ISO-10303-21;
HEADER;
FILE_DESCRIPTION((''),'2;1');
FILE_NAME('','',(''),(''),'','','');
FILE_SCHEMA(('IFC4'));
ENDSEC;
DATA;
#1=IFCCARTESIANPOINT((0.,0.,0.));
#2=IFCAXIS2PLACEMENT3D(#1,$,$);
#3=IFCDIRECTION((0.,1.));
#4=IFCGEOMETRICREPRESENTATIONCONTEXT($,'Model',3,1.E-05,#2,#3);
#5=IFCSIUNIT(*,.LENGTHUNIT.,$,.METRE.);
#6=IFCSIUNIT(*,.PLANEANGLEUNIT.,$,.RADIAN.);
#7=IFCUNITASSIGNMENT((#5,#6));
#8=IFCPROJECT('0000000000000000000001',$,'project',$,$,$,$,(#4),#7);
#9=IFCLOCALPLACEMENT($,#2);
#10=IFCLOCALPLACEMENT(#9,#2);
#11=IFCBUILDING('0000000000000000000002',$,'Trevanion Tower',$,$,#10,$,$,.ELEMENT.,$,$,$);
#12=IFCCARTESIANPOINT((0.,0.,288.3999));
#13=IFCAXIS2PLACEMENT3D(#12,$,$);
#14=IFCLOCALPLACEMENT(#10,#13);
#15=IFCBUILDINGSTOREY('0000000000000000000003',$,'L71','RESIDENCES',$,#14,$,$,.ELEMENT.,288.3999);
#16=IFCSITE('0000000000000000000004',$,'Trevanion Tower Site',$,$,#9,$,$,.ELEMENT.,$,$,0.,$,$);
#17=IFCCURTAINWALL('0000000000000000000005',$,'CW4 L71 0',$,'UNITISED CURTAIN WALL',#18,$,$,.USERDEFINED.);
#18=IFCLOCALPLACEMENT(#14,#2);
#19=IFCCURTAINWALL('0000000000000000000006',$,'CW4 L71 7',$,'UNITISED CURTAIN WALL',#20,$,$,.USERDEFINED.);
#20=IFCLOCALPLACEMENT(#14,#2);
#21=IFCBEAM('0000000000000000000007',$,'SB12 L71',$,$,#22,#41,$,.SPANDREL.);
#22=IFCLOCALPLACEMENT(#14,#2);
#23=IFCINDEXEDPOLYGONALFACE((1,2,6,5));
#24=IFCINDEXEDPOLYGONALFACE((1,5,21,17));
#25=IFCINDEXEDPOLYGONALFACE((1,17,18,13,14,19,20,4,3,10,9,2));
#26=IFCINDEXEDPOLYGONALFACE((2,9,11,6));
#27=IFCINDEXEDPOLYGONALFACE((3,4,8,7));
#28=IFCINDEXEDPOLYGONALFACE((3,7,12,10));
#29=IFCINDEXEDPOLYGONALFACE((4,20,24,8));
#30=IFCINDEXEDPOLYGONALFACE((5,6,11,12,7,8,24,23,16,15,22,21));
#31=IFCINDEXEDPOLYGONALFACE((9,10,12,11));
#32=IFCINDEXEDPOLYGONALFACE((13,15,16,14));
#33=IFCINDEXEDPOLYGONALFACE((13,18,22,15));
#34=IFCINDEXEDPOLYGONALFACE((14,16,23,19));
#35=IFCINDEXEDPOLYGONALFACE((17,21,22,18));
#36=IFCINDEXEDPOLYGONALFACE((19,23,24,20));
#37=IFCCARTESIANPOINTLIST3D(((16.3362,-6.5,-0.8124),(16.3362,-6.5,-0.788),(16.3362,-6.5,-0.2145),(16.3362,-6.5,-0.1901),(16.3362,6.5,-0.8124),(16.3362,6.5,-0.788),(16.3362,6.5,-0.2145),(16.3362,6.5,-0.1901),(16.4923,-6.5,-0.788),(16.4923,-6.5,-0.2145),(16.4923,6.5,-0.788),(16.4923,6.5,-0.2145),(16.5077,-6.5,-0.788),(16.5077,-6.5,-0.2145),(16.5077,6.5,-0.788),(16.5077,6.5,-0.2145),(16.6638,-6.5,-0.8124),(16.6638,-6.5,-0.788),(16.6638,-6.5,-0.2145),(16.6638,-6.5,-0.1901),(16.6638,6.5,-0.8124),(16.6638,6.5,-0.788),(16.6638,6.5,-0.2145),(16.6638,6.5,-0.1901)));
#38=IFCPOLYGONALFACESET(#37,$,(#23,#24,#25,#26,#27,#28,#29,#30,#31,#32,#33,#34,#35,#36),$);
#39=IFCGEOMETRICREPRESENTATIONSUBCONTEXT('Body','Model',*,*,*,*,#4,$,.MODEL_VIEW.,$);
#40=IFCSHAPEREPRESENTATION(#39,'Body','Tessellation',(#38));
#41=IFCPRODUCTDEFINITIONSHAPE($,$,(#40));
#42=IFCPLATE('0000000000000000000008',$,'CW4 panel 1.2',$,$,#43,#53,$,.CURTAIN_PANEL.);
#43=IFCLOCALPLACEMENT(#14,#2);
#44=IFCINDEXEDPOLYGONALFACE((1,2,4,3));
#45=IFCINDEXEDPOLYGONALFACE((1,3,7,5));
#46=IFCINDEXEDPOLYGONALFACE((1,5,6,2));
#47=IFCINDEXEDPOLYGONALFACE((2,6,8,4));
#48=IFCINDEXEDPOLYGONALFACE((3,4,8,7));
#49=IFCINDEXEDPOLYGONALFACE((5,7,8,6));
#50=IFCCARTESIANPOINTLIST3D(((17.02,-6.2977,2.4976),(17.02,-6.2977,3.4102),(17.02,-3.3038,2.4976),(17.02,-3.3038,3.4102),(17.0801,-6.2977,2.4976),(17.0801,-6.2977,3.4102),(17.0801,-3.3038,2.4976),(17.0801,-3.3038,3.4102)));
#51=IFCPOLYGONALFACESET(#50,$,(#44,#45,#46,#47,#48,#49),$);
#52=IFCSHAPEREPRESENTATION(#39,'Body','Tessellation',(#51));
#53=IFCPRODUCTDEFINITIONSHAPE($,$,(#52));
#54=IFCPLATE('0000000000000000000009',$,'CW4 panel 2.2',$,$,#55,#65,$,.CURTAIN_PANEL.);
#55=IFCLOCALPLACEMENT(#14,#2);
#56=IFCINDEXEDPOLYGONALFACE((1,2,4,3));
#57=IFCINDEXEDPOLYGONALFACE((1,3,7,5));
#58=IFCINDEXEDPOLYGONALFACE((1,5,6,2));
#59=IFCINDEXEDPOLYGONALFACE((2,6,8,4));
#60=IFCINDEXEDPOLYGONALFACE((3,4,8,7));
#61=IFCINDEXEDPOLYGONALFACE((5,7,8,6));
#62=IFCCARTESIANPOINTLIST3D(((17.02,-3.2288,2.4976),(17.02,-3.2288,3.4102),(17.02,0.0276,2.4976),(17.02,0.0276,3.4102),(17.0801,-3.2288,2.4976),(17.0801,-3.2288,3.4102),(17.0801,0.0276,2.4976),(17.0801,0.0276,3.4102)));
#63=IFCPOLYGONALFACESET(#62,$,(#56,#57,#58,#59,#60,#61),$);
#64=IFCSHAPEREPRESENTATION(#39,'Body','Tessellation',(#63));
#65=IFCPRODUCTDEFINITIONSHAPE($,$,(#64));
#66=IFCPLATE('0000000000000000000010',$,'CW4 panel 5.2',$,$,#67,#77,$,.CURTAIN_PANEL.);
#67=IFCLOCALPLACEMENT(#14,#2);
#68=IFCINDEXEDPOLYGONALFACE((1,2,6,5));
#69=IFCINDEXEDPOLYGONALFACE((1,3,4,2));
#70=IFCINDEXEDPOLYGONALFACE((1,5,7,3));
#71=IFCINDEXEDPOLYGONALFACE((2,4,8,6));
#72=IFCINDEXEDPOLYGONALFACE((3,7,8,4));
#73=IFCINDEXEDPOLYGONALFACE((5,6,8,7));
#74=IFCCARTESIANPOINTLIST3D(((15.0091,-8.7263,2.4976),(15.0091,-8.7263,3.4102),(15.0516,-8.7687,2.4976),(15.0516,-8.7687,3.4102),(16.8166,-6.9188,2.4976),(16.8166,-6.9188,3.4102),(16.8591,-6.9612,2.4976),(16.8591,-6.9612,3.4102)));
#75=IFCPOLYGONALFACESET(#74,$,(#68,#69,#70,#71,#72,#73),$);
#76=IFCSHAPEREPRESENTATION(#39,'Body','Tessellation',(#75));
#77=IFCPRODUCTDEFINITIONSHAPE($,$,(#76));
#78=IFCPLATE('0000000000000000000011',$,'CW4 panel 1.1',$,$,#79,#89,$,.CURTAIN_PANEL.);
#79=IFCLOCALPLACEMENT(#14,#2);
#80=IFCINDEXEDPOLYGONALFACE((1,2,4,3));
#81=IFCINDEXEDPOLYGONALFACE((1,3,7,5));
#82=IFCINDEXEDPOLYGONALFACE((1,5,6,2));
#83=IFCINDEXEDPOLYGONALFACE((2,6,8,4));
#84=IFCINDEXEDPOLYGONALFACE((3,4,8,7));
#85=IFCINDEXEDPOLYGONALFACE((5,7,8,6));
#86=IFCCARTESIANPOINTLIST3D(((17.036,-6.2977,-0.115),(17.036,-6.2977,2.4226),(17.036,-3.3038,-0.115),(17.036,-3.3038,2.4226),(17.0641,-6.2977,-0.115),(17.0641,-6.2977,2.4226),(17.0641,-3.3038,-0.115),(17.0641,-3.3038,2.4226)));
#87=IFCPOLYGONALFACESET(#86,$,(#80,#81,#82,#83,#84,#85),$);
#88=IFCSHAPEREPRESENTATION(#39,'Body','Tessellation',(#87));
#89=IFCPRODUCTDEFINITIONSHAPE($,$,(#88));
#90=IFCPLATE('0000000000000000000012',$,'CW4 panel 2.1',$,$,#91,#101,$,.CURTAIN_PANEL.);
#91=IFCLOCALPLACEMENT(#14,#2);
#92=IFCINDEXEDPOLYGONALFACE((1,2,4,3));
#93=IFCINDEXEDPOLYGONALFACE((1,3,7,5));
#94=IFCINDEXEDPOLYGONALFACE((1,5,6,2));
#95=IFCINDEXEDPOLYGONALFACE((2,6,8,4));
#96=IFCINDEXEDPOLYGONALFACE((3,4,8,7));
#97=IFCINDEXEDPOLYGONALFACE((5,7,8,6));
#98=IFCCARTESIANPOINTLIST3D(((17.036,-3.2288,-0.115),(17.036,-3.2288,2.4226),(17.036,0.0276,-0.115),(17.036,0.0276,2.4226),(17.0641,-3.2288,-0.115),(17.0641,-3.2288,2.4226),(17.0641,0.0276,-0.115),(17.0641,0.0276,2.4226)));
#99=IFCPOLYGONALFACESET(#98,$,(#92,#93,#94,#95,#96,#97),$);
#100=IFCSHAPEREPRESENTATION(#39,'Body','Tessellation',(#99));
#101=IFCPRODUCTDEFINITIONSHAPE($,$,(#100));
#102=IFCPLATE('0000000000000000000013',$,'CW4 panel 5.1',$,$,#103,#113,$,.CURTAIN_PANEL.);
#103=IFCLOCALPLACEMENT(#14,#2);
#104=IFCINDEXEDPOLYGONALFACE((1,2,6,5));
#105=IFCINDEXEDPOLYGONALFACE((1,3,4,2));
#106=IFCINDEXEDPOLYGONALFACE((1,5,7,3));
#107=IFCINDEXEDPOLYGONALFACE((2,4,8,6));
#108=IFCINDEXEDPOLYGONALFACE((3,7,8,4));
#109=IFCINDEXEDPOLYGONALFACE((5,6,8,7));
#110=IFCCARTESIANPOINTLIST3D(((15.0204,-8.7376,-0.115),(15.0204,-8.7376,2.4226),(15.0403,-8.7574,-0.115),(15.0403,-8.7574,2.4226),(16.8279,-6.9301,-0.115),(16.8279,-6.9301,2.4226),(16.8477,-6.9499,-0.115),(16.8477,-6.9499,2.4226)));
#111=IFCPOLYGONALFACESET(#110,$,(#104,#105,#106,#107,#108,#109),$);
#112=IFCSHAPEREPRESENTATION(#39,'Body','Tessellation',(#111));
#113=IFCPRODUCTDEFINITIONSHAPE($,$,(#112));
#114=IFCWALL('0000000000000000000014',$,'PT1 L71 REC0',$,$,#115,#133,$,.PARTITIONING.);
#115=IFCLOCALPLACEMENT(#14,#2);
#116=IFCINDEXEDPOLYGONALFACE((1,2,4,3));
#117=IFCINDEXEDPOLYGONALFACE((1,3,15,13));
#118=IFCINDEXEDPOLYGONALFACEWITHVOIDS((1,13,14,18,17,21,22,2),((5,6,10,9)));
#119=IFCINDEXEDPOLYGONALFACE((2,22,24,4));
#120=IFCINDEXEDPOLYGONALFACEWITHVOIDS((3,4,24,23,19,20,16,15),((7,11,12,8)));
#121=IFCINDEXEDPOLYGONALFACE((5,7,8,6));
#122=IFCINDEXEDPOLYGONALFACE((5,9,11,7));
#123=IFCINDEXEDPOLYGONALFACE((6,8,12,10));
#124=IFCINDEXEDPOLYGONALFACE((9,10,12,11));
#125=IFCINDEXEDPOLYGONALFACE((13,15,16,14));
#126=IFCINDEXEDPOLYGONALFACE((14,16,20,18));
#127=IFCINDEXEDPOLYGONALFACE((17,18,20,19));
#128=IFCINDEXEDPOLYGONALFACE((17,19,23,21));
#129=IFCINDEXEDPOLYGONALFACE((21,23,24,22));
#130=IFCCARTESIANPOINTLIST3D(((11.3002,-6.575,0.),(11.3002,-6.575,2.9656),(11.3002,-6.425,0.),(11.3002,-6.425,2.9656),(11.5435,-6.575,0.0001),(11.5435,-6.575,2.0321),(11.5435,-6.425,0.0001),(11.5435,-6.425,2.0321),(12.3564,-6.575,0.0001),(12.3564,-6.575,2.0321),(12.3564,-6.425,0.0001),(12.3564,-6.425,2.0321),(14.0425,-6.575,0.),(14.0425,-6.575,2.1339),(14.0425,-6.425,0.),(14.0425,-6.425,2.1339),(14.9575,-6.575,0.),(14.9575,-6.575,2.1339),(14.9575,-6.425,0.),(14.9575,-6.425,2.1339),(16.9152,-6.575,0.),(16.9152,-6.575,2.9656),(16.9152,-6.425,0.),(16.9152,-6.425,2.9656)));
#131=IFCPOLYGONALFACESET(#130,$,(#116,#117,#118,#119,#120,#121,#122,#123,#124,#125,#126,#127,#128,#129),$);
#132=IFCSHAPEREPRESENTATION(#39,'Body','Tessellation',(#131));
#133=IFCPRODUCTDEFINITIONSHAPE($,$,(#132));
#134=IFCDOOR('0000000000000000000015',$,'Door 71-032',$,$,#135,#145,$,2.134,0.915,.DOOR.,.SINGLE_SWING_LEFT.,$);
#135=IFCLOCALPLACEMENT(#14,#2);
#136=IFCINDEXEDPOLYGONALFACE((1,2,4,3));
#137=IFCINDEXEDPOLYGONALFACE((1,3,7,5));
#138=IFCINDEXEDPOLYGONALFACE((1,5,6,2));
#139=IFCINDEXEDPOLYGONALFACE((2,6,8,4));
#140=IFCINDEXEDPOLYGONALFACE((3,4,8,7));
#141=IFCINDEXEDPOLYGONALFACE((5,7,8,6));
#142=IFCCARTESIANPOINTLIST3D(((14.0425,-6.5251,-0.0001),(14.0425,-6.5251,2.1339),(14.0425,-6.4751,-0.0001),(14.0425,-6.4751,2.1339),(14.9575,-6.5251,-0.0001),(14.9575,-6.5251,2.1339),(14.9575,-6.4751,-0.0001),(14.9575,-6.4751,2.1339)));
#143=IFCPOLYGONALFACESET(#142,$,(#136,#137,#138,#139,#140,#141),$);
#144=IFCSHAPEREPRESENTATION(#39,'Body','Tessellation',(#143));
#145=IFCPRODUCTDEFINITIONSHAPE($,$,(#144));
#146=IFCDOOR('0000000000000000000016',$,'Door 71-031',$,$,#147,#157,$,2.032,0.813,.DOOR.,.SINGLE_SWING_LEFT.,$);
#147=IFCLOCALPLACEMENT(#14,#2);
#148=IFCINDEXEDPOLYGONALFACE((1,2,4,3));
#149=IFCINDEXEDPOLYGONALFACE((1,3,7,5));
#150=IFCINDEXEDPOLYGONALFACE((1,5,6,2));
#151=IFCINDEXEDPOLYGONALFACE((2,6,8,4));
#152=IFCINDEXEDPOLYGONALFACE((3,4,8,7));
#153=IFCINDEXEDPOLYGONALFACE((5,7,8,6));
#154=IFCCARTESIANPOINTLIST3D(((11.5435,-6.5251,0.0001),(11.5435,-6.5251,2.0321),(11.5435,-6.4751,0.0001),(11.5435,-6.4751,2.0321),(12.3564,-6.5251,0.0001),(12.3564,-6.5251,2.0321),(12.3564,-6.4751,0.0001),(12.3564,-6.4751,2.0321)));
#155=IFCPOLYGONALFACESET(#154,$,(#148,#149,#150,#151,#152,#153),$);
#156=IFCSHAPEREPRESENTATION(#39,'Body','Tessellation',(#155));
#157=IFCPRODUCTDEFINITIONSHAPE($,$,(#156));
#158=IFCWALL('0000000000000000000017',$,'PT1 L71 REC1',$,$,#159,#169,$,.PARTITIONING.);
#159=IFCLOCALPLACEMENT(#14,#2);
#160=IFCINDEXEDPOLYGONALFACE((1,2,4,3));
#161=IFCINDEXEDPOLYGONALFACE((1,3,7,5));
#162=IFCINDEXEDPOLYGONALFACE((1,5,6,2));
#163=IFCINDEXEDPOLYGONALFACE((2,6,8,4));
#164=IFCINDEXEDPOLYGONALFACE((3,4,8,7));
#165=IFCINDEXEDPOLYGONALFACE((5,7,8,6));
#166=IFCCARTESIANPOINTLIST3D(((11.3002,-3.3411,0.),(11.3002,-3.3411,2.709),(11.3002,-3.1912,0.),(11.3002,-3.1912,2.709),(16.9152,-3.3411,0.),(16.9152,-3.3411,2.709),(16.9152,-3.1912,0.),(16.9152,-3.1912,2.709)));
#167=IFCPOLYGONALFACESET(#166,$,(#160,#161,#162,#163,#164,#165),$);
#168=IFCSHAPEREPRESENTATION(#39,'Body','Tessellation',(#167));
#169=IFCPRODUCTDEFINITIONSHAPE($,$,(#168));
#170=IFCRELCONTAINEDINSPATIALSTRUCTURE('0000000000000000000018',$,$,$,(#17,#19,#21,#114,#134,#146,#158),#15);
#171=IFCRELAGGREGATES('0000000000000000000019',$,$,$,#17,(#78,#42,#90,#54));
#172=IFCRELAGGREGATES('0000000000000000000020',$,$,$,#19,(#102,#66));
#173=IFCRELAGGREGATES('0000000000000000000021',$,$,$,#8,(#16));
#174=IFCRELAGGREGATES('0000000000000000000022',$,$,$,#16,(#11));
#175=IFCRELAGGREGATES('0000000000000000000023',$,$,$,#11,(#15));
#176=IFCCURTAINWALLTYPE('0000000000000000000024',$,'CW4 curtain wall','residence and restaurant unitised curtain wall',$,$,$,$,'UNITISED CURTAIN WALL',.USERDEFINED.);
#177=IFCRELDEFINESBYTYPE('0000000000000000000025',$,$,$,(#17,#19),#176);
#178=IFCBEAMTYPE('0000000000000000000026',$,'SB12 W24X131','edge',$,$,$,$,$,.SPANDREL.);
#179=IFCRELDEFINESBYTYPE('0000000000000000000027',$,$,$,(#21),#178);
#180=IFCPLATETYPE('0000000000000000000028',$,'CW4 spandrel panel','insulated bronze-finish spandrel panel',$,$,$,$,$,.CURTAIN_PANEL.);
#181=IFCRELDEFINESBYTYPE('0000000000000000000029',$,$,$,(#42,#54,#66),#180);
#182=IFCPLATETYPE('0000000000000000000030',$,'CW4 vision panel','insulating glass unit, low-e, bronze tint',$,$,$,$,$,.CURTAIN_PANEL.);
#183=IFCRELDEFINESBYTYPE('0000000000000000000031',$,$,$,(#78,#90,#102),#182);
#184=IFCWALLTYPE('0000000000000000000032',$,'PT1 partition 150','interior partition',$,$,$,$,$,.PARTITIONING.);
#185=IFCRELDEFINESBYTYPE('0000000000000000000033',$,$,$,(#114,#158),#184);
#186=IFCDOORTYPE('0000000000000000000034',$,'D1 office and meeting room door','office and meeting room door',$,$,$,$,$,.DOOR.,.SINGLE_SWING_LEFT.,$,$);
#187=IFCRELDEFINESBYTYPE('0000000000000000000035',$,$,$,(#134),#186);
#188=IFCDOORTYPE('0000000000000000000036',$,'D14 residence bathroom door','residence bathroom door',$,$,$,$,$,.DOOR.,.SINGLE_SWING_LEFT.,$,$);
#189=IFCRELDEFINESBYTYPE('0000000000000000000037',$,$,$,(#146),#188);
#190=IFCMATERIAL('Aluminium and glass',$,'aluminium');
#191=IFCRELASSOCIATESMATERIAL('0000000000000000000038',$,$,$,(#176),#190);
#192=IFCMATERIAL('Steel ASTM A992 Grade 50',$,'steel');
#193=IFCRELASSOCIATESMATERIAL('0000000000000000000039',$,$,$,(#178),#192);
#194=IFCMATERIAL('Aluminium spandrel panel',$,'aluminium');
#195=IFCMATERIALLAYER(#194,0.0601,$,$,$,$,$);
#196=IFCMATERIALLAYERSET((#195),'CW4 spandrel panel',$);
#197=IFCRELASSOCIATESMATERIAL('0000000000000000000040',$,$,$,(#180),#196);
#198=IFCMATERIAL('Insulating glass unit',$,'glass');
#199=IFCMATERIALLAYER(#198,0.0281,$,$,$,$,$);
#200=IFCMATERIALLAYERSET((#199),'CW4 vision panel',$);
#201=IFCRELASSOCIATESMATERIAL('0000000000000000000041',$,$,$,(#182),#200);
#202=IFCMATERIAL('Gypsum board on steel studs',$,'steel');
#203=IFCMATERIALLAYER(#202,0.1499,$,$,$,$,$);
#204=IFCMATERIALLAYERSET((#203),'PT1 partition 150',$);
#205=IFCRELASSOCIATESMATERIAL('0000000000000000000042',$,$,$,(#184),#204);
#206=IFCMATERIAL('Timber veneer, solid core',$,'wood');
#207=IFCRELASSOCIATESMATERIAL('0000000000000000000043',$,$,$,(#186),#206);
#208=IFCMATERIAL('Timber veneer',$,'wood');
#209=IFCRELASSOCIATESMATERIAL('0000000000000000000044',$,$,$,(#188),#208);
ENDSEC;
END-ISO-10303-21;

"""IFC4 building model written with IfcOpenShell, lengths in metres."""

from ifc_helpers import new_model, si_unit, direction, frame, frame_2d, origin, origin_2d, place, context, subcontext, project, spatial, rectangle, i_section, extrude, material, layer, layer_set, material_profile, profile_set, type_object, element, fill, aggregate, save


model = new_model("IFC4")

# Units and contexts
model_context = context("Model", 3, precision=1e-05, world=origin(), true_north=direction((0.0, 1.0)))
body_context = subcontext(model_context, "Body", "Model", "MODEL_VIEW")
ifc_project = project(units=[si_unit("LENGTHUNIT", "METRE"), si_unit("PLANEANGLEUNIT", "RADIAN")], contexts=[model_context])

# Site, building, storey
site_placement = place(None, origin())
site = spatial("IfcSite", under=ifc_project, at=site_placement, Name="Trevanion Tower Site", CompositionType="ELEMENT", RefElevation=0.0)
building_placement = place(site_placement, origin())
building = spatial("IfcBuilding", under=site, at=building_placement, Name="Trevanion Tower", CompositionType="ELEMENT")
storey_placement = place(building_placement, frame((0.0, 0.0, 288.3999)))
storey = spatial("IfcBuildingStorey", under=building, at=storey_placement, Name="L71", Description="RESIDENCES", CompositionType="ELEMENT", Elevation=288.3999)

# Curtain wall
ifc_material_1 = material(Name="Aluminium and glass", Category="aluminium")
curtain_wall_type = type_object("IfcCurtainWallType", Name="CW4 curtain wall", Description="residence and restaurant unitised curtain wall", ElementType="UNITISED CURTAIN WALL", PredefinedType="USERDEFINED", material=ifc_material_1)
curtain_wall_1_placement = place(storey_placement, origin())
curtain_wall_1 = element("IfcCurtainWall", 1, at=curtain_wall_1_placement, inside=storey, type_object=curtain_wall_type, Name="CW4 L71 0", ObjectType="UNITISED CURTAIN WALL", PredefinedType="USERDEFINED")

# Curtain wall
curtain_wall_2_placement = place(storey_placement, origin())
curtain_wall_2 = element("IfcCurtainWall", 2, at=curtain_wall_2_placement, inside=storey, type_object=curtain_wall_type, Name="CW4 L71 7", ObjectType="UNITISED CURTAIN WALL", PredefinedType="USERDEFINED")

# Beam
ifc_material_2 = material(Name="Steel ASTM A992 Grade 50", Category="steel")
ifc_material_profile_1 = material_profile(ifc_material_2, i_section(OverallWidth=0.3276, OverallDepth=0.6223, WebThickness=0.0154, FlangeThickness=0.0244, at=origin_2d()), Name="W24X131")
ifc_profile_set_1 = profile_set([ifc_material_profile_1], Name="Steel ASTM A992 Grade 50")
beam_type_1 = type_object("IfcBeamType", Name="SB12 W24X131", Description="edge", PredefinedType="SPANDREL", material=ifc_profile_set_1)
beam_1_placement = place(storey_placement, frame((16.5, -6.5, -0.5012), z_axis=(0.0, 1.0, 0.0), x_axis=(-1.0, 0.0, 0.0)))
element("IfcBeam", 3, at=beam_1_placement, inside=storey, type_object=beam_type_1, Name="SB12 L71", PredefinedType="SPANDREL", context=body_context, shape_type="SweptSolid", body=[
    extrude(i_section(OverallWidth=0.3276, OverallDepth=0.6223, WebThickness=0.0154, FlangeThickness=0.0244, at=origin_2d()), origin(), (0.0, 0.0, 1.0), 13.0),
])

# Plates
ifc_material_3 = material(Name="Aluminium spandrel panel", Category="aluminium")
ifc_layer_1 = layer(ifc_material_3, 0.0601)
ifc_layer_set_1 = layer_set([ifc_layer_1], Name="CW4 spandrel panel")
plate_type_1 = type_object("IfcPlateType", Name="CW4 spandrel panel", Description="insulated bronze-finish spandrel panel", PredefinedType="CURTAIN_PANEL", material=ifc_layer_set_1)
plate_1_placement = place(storey_placement, frame((17.05, -4.8008, 2.4976), z_axis=(0.0, 0.0, 1.0), x_axis=(0.0, 1.0, 0.0)))
plate_1 = element("IfcPlate", 4, at=plate_1_placement, type_object=plate_type_1, Name="CW4 panel 1.2", PredefinedType="CURTAIN_PANEL", context=body_context, shape_type="SweptSolid", body=[
    extrude(rectangle(XDim=2.9939, YDim=0.0601, at=origin_2d()), origin(), (0.0, 0.0, 1.0), 0.9126),
])
plate_2_placement = place(storey_placement, frame((17.05, -1.6006, 2.4976), z_axis=(0.0, 0.0, 1.0), x_axis=(0.0, 1.0, 0.0)))
plate_2 = element("IfcPlate", 5, at=plate_2_placement, type_object=plate_type_1, Name="CW4 panel 2.2", PredefinedType="CURTAIN_PANEL", context=body_context, shape_type="SweptSolid", body=[
    extrude(rectangle(XDim=3.2563, YDim=0.0601, at=origin_2d()), origin(), (0.0, 0.0, 1.0), 0.9126),
])
plate_3_placement = place(storey_placement, frame((15.9341, -7.8438, 2.4976), z_axis=(0.0, 0.0, 1.0), x_axis=(0.707107, 0.707107, 0.0)))
plate_3 = element("IfcPlate", 6, at=plate_3_placement, type_object=plate_type_1, Name="CW4 panel 5.2", PredefinedType="CURTAIN_PANEL", context=body_context, shape_type="SweptSolid", body=[
    extrude(rectangle(XDim=2.5562, YDim=0.0601, at=origin_2d()), origin(), (0.0, 0.0, 1.0), 0.9126),
])
ifc_material_4 = material(Name="Insulating glass unit", Category="glass")
ifc_layer_2 = layer(ifc_material_4, 0.0281)
ifc_layer_set_2 = layer_set([ifc_layer_2], Name="CW4 vision panel")
plate_type_2 = type_object("IfcPlateType", Name="CW4 vision panel", Description="insulating glass unit, low-e, bronze tint", PredefinedType="CURTAIN_PANEL", material=ifc_layer_set_2)
plate_4_placement = place(storey_placement, frame((17.05, -4.8008, -0.115), z_axis=(0.0, 0.0, 1.0), x_axis=(0.0, 1.0, 0.0)))
plate_4 = element("IfcPlate", 7, at=plate_4_placement, type_object=plate_type_2, Name="CW4 panel 1.1", PredefinedType="CURTAIN_PANEL", context=body_context, shape_type="SweptSolid", body=[
    extrude(rectangle(XDim=2.9939, YDim=0.0281, at=origin_2d()), origin(), (0.0, 0.0, 1.0), 2.5376),
])
plate_5_placement = place(storey_placement, frame((17.05, -1.6006, -0.115), z_axis=(0.0, 0.0, 1.0), x_axis=(0.0, 1.0, 0.0)))
plate_5 = element("IfcPlate", 8, at=plate_5_placement, type_object=plate_type_2, Name="CW4 panel 2.1", PredefinedType="CURTAIN_PANEL", context=body_context, shape_type="SweptSolid", body=[
    extrude(rectangle(XDim=3.2563, YDim=0.0281, at=origin_2d()), origin(), (0.0, 0.0, 1.0), 2.5376),
])
aggregate(curtain_wall_1, [plate_4, plate_1, plate_5, plate_2])
plate_6_placement = place(storey_placement, frame((15.9341, -7.8438, -0.115), z_axis=(0.0, 0.0, 1.0), x_axis=(0.707107, 0.707107, 0.0)))
plate_6 = element("IfcPlate", 9, at=plate_6_placement, type_object=plate_type_2, Name="CW4 panel 5.1", PredefinedType="CURTAIN_PANEL", context=body_context, shape_type="SweptSolid", body=[
    extrude(rectangle(XDim=2.5562, YDim=0.0281, at=origin_2d()), origin(), (0.0, 0.0, 1.0), 2.5376),
])
aggregate(curtain_wall_2, [plate_6, plate_3])

# Wall, openings, doors
ifc_material_5 = material(Name="Gypsum board on steel studs", Category="steel")
ifc_layer_3 = layer(ifc_material_5, 0.1499)
ifc_layer_set_3 = layer_set([ifc_layer_3], Name="PT1 partition 150")
wall_type = type_object("IfcWallType", Name="PT1 partition 150", Description="interior partition", PredefinedType="PARTITIONING", material=ifc_layer_set_3)
wall_1_placement = place(storey_placement, frame((11.3, -6.5, 0.0), z_axis=(0.0, 0.0, 1.0), x_axis=(1.0, 0.0, 0.0)))
wall_1 = element("IfcWall", 10, at=wall_1_placement, inside=storey, type_object=wall_type, Name="PT1 L71 REC0", PredefinedType="PARTITIONING", context=body_context, shape_type="SweptSolid", body=[
    extrude(rectangle(XDim=5.615, YDim=0.1499, at=frame_2d((2.8076, 0.0))), origin(), (0.0, 0.0, 1.0), 2.9656),
])
opening_1_placement = place(wall_1_placement, frame((0.2434, 0.0, 0.0)))
opening_1 = element("IfcOpeningElement", 11, at=opening_1_placement, cuts=wall_1, PredefinedType="OPENING", context=body_context, shape_type="SweptSolid", body=[
    extrude(rectangle(XDim=0.813, YDim=2.032, at=frame_2d((0.4065, 1.0161))), frame((0.0, 0.085, 0.0), z_axis=(0.0, -1.0, 0.0), x_axis=(1.0, 0.0, 0.0)), (0.0, 0.0, 1.0), 0.1699),
])
opening_2_placement = place(wall_1_placement, frame((2.7424, 0.0, 0.0)))
opening_2 = element("IfcOpeningElement", 12, at=opening_2_placement, cuts=wall_1, PredefinedType="OPENING", context=body_context, shape_type="SweptSolid", body=[
    extrude(rectangle(XDim=0.915, YDim=2.134, at=frame_2d((0.4575, 1.0669))), frame((0.0, 0.085, 0.0), z_axis=(0.0, -1.0, 0.0), x_axis=(1.0, 0.0, 0.0)), (0.0, 0.0, 1.0), 0.1699),
])
ifc_material_6 = material(Name="Timber veneer, solid core", Category="wood")
door_type_1 = type_object("IfcDoorType", Name="D1 office and meeting room door", Description="office and meeting room door", OperationType="SINGLE_SWING_LEFT", PredefinedType="DOOR", material=ifc_material_6)
door_1_placement = place(opening_2_placement, origin())
door_1 = element("IfcDoor", 13, at=door_1_placement, inside=storey, type_object=door_type_1, Name="Door 71-032", OperationType="SINGLE_SWING_LEFT", OverallHeight=2.134, OverallWidth=0.915, PredefinedType="DOOR", context=body_context, shape_type="SweptSolid", body=[
    extrude(rectangle(XDim=0.915, YDim=2.134, at=frame_2d((0.4575, 1.0669))), frame((0.0, 0.0249, 0.0), z_axis=(0.0, -1.0, 0.0), x_axis=(1.0, 0.0, 0.0)), (0.0, 0.0, 1.0), 0.05),
])
fill(opening_2, door_1)
ifc_material_7 = material(Name="Timber veneer", Category="wood")
door_type_2 = type_object("IfcDoorType", Name="D14 residence bathroom door", Description="residence bathroom door", OperationType="SINGLE_SWING_LEFT", PredefinedType="DOOR", material=ifc_material_7)
door_2_placement = place(opening_1_placement, origin())
door_2 = element("IfcDoor", 14, at=door_2_placement, inside=storey, type_object=door_type_2, Name="Door 71-031", OperationType="SINGLE_SWING_LEFT", OverallHeight=2.032, OverallWidth=0.813, PredefinedType="DOOR", context=body_context, shape_type="SweptSolid", body=[
    extrude(rectangle(XDim=0.813, YDim=2.032, at=frame_2d((0.4065, 1.0161))), frame((0.0, 0.0249, 0.0), z_axis=(0.0, -1.0, 0.0), x_axis=(1.0, 0.0, 0.0)), (0.0, 0.0, 1.0), 0.05),
])
fill(opening_1, door_2)

# Wall
wall_2_placement = place(storey_placement, frame((11.3, -3.2661, 0.0), z_axis=(0.0, 0.0, 1.0), x_axis=(1.0, 0.0, 0.0)))
element("IfcWall", 15, at=wall_2_placement, inside=storey, type_object=wall_type, Name="PT1 L71 REC1", PredefinedType="PARTITIONING", context=body_context, shape_type="SweptSolid", body=[
    extrude(rectangle(XDim=5.615, YDim=0.1499, at=frame_2d((2.8076, 0.0))), origin(), (0.0, 0.0, 1.0), 2.709),
])

save(model, "model.ifc")
